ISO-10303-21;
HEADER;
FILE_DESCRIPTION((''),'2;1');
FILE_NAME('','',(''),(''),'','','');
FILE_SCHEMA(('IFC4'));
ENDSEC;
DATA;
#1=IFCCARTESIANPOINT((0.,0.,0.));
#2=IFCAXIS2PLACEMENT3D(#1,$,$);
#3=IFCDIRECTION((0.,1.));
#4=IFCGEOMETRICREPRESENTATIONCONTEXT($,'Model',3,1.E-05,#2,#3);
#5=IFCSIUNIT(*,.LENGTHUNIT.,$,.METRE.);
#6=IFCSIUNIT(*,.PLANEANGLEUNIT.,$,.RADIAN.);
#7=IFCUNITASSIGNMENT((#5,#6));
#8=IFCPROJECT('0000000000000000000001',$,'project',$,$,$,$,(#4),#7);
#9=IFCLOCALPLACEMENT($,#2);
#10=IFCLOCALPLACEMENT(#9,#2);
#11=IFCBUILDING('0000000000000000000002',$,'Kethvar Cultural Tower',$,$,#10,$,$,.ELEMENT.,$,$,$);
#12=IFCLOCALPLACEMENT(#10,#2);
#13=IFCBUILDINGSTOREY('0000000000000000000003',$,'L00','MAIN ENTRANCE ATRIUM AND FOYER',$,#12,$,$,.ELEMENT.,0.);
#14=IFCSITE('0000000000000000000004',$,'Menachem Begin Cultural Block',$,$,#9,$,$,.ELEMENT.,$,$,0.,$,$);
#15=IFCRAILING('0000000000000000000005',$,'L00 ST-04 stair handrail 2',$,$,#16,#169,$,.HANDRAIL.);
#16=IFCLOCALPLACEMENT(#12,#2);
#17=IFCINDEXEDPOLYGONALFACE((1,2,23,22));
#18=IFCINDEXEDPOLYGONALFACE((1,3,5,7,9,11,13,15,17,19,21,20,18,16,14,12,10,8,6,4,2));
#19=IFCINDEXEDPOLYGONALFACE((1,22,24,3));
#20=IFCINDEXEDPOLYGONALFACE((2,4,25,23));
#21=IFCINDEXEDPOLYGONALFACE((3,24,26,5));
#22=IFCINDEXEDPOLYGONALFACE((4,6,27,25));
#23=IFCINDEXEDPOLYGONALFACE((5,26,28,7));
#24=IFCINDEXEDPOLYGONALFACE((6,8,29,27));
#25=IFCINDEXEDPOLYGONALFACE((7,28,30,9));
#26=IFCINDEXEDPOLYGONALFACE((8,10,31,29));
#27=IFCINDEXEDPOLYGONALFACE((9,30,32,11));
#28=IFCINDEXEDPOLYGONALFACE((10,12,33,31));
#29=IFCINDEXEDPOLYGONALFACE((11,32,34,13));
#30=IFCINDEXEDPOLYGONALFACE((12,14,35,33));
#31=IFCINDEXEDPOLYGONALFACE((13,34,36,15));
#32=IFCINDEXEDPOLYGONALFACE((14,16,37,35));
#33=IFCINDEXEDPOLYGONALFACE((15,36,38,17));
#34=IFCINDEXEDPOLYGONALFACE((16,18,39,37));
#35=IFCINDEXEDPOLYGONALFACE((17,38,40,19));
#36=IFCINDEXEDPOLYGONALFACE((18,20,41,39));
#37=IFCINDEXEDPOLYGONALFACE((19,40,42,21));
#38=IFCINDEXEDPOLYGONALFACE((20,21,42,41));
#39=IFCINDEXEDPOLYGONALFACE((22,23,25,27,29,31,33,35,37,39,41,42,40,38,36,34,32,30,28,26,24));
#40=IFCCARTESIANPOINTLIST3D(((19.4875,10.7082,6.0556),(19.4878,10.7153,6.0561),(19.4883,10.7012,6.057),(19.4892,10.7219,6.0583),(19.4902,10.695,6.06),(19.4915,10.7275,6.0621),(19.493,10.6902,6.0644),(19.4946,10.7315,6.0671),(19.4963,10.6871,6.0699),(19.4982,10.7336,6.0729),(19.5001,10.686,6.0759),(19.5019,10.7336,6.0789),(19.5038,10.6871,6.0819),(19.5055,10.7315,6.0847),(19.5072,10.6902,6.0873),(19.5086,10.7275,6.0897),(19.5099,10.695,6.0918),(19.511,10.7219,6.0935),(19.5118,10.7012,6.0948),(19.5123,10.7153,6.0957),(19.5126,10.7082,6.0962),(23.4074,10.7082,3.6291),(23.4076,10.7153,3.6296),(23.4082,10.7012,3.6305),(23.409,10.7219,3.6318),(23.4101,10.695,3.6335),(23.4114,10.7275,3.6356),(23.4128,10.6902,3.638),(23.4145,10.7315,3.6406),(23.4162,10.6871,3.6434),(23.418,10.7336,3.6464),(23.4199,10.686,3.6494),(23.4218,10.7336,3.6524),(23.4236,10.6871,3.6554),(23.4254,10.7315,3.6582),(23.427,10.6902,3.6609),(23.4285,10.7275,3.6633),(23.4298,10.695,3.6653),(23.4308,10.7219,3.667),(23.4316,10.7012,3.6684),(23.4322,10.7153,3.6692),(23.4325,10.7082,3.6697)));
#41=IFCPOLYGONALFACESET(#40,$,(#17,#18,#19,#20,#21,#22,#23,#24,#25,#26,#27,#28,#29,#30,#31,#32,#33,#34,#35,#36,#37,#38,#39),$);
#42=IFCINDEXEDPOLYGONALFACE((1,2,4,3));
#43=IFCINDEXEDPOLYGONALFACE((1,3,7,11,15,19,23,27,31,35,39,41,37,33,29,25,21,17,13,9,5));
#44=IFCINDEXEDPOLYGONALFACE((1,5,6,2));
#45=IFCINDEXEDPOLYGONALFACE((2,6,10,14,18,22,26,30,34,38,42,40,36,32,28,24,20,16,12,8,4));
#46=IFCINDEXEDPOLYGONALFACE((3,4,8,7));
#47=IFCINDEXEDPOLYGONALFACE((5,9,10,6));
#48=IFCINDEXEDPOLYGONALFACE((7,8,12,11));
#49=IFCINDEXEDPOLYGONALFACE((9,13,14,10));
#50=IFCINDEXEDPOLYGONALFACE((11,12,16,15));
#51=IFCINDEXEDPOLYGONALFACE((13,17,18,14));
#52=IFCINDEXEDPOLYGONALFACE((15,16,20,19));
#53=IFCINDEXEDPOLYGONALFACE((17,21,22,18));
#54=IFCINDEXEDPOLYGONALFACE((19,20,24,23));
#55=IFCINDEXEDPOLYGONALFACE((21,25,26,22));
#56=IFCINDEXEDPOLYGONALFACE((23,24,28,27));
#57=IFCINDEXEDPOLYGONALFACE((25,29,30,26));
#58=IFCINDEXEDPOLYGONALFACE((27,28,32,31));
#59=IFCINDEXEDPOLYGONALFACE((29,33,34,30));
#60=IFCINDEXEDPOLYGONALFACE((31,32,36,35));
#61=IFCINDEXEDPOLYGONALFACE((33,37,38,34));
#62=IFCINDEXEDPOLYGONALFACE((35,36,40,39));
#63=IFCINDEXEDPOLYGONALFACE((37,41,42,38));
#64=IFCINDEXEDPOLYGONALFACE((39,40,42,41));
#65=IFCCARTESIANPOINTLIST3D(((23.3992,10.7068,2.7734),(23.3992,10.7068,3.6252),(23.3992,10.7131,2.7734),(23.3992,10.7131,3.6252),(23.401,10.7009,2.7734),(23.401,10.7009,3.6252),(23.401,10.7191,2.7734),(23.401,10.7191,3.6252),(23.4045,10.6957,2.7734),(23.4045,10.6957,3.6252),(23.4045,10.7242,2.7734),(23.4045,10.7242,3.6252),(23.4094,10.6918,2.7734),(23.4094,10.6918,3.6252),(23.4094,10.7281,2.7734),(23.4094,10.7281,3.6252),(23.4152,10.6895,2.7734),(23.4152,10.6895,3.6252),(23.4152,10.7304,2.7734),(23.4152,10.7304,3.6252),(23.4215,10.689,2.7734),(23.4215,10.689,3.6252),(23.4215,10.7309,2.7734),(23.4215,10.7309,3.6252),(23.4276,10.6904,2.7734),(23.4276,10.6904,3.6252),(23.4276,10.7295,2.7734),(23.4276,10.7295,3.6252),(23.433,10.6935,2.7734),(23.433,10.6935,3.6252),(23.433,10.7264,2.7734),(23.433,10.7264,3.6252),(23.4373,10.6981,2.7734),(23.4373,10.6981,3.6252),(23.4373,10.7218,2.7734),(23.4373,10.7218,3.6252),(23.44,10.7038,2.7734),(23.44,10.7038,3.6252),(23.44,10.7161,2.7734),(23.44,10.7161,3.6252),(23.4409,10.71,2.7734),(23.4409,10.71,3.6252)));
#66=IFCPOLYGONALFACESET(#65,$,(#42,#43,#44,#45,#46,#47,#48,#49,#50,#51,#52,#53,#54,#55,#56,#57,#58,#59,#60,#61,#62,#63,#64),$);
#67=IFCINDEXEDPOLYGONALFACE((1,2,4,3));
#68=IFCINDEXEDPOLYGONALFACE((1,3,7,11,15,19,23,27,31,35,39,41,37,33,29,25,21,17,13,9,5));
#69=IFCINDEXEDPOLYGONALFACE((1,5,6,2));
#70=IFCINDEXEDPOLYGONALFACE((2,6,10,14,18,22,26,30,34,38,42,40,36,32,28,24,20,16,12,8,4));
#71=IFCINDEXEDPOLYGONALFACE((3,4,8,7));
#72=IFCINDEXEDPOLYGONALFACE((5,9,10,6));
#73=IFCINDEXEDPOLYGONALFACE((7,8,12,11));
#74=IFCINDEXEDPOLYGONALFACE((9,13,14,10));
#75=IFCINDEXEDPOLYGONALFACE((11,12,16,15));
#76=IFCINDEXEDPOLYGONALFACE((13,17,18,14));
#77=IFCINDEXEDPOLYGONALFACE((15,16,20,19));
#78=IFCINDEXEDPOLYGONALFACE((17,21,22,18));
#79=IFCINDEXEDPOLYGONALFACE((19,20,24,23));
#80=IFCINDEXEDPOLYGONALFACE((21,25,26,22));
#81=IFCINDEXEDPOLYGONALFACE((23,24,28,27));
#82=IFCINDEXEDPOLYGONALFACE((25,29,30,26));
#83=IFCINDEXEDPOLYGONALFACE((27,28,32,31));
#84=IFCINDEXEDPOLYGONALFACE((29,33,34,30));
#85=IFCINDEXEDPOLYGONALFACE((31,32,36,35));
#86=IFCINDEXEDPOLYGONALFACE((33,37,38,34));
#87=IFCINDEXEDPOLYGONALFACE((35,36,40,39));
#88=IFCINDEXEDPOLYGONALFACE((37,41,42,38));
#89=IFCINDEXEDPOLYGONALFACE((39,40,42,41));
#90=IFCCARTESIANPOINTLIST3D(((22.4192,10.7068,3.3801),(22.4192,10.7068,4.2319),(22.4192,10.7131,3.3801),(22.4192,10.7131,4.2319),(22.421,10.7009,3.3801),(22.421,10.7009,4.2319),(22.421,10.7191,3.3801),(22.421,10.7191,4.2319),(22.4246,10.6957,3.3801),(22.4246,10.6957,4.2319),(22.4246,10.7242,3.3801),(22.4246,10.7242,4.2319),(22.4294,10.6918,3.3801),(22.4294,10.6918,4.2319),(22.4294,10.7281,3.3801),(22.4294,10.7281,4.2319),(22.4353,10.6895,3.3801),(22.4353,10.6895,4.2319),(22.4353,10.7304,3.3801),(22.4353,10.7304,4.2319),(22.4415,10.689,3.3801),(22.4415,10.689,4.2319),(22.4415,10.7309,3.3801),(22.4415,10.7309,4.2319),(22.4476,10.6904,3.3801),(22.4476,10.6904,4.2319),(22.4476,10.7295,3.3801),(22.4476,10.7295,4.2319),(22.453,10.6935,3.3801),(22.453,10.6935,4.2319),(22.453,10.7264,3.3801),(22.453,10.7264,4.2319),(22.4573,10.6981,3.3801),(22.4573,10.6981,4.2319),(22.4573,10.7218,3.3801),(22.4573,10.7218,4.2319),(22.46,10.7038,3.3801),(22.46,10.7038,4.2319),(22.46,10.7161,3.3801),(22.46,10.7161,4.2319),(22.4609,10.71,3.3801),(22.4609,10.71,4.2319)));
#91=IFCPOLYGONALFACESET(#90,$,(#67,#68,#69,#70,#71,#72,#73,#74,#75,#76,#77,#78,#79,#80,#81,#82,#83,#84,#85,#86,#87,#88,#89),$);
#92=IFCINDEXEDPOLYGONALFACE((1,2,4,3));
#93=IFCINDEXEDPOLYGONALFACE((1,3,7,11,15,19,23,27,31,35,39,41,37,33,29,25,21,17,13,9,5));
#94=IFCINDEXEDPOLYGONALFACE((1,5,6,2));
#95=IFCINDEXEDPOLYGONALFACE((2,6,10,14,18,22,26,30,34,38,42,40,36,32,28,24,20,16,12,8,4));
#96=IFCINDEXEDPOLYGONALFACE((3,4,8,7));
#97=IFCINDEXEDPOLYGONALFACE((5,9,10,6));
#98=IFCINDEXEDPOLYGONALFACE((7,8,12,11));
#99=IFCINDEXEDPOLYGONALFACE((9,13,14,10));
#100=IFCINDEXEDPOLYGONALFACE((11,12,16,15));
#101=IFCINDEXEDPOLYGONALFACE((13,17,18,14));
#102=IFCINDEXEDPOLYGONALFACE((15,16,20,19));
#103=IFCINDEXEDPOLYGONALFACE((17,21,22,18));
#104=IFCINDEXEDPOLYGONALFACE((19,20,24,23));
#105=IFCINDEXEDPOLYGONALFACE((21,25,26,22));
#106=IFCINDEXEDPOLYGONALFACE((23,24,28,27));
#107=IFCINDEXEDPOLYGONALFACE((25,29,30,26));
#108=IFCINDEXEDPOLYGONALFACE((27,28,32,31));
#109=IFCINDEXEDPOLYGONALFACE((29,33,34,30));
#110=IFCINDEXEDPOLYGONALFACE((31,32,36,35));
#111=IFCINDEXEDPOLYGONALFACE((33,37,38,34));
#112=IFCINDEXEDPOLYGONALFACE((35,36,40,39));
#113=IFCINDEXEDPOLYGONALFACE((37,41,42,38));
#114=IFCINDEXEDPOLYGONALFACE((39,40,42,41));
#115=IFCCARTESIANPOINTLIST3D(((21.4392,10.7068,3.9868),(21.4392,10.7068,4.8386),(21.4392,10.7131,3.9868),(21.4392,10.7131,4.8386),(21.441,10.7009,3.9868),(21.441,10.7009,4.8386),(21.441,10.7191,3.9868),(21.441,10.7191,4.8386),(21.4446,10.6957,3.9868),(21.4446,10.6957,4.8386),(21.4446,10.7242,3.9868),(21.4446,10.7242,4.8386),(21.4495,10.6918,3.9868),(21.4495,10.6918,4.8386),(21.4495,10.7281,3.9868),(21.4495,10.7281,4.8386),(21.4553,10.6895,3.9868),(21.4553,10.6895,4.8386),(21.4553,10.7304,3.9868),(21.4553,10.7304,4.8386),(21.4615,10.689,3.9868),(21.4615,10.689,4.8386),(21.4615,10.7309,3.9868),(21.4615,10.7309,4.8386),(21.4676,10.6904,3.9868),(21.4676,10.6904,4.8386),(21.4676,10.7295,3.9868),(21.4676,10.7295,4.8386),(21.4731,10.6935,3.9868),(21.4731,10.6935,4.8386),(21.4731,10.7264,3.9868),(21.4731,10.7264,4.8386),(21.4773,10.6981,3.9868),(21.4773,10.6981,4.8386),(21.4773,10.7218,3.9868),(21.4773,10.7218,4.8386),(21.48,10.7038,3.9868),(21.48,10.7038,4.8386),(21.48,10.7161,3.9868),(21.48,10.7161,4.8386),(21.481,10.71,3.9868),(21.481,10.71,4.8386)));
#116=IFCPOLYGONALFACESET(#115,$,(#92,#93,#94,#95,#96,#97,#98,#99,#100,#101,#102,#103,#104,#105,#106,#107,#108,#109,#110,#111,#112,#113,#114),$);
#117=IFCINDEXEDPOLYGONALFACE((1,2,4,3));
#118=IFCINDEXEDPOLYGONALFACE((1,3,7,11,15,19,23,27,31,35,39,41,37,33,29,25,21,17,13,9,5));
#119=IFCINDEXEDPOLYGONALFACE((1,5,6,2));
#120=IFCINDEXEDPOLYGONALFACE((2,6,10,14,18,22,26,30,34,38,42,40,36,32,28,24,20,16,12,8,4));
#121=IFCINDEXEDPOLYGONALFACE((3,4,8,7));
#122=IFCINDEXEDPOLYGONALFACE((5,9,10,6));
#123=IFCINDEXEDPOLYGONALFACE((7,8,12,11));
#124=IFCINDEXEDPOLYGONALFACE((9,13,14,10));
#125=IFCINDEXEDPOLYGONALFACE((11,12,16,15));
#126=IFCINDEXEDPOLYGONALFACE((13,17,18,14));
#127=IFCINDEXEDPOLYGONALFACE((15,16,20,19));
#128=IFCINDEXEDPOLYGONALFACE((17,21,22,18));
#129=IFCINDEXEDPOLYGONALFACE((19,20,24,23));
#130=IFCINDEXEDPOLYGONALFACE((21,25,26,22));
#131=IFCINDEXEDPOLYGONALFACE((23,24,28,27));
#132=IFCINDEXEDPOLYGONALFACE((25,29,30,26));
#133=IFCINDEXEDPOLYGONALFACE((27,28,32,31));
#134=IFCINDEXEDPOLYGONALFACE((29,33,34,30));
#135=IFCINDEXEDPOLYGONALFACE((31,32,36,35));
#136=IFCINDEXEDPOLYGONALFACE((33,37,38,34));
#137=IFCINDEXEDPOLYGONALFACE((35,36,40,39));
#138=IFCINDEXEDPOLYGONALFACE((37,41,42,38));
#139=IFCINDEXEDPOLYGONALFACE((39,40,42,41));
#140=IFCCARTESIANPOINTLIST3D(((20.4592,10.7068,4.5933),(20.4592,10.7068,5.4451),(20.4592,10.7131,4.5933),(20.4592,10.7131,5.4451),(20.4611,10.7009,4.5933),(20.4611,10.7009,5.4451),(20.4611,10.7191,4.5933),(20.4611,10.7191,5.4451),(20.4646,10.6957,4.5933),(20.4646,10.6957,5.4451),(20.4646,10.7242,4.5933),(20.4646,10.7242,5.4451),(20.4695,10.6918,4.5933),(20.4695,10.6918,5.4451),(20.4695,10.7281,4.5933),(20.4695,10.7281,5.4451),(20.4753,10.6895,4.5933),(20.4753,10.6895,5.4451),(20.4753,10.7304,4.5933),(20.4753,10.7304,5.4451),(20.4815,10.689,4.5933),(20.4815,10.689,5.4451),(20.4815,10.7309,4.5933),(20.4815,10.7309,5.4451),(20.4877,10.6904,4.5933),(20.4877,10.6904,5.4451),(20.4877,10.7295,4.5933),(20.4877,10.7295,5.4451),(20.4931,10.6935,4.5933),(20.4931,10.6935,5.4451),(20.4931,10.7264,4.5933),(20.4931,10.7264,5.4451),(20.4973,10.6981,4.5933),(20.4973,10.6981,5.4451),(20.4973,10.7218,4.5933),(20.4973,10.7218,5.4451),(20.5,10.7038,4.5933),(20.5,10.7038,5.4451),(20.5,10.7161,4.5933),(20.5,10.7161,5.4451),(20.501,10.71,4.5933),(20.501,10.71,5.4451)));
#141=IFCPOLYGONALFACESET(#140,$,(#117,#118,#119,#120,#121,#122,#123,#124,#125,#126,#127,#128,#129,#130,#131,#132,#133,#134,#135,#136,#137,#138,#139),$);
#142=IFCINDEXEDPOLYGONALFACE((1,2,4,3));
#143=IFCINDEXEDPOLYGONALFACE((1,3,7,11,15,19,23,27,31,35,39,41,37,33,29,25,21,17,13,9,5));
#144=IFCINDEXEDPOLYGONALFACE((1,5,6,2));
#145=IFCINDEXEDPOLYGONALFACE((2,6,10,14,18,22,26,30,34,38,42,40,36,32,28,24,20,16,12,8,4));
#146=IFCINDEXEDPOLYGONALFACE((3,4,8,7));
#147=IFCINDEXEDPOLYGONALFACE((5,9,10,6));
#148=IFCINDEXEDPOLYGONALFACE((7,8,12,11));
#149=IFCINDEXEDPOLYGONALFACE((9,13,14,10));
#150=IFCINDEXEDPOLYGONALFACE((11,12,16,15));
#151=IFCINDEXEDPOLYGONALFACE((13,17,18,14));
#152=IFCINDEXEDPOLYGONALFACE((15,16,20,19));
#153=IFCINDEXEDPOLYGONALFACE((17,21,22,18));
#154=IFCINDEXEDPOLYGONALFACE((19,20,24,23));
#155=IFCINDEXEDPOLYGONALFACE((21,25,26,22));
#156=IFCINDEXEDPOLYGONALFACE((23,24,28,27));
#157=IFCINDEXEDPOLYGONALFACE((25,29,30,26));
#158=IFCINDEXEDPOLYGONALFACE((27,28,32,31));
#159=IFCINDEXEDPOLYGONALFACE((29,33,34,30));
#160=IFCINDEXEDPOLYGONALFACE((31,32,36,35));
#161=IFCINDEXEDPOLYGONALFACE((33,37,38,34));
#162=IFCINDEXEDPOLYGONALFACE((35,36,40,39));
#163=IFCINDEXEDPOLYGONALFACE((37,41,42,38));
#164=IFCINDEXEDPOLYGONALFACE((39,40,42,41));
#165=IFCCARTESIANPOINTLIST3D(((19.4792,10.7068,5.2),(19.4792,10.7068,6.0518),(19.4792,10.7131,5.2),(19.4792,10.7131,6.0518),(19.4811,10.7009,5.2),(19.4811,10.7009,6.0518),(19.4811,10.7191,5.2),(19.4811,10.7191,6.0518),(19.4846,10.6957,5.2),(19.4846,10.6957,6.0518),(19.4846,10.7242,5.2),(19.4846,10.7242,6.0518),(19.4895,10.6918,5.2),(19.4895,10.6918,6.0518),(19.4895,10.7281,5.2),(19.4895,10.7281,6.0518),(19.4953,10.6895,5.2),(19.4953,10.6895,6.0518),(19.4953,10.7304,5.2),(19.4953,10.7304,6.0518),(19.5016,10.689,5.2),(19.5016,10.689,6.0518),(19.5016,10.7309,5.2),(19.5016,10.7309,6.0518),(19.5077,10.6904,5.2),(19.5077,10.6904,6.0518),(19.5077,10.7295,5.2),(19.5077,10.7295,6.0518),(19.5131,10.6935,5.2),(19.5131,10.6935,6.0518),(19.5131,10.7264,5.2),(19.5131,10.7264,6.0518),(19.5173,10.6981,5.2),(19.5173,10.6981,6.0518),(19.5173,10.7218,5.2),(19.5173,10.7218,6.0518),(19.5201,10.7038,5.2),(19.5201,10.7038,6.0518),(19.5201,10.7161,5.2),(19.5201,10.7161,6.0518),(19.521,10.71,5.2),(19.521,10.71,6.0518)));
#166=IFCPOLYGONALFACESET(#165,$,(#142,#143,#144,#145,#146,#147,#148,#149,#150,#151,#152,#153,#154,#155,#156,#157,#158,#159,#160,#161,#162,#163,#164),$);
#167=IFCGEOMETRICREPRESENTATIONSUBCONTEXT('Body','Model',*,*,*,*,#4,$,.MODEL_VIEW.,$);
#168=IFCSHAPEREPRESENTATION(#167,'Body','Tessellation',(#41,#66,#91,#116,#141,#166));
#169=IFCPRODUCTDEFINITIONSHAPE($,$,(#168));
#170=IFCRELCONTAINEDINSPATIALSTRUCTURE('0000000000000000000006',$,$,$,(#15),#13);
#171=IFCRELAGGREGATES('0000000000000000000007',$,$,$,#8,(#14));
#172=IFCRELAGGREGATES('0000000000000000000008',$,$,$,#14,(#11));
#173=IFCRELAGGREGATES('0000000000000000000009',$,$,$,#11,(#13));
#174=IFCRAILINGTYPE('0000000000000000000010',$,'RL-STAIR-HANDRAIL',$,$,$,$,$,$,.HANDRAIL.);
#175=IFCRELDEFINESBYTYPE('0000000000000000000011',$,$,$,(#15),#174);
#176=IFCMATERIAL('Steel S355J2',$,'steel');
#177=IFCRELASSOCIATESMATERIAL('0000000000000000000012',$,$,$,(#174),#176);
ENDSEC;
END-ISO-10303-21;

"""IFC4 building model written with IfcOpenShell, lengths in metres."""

from ifc_helpers import new_model, si_unit, direction, frame, origin, origin_2d, place, context, subcontext, project, spatial, circle, extrude, material, type_object, element, save


model = new_model("IFC4")

# Units and contexts
model_context = context("Model", 3, precision=1e-05, world=origin(), true_north=direction((0.0, 1.0)))
body_context = subcontext(model_context, "Body", "Model", "MODEL_VIEW")
ifc_project = project(units=[si_unit("LENGTHUNIT", "METRE"), si_unit("PLANEANGLEUNIT", "RADIAN")], contexts=[model_context])

# Site, building, storey
site_placement = place(None, origin())
site = spatial("IfcSite", under=ifc_project, at=site_placement, Name="Menachem Begin Cultural Block", CompositionType="ELEMENT", RefElevation=0.0)
building_placement = place(site_placement, origin())
building = spatial("IfcBuilding", under=site, at=building_placement, Name="Kethvar Cultural Tower", CompositionType="ELEMENT")
storey_placement = place(building_placement, origin())
storey = spatial("IfcBuildingStorey", under=building, at=storey_placement, Name="L00", Description="MAIN ENTRANCE ATRIUM AND FOYER", CompositionType="ELEMENT", Elevation=0.0)

# Shared definitions
ifc_material_1 = material(Name="Steel S355J2", Category="steel")

# Railing
railing_type_1 = type_object("IfcRailingType", Name="RL-STAIR-HANDRAIL", PredefinedType="HANDRAIL", material=ifc_material_1)
railing_1_placement = place(storey_placement, frame((23.4199, 10.71, 2.7734)))
element("IfcRailing", 1, at=railing_1_placement, inside=storey, type_object=railing_type_1, Name="L00 ST-04 stair handrail 2", PredefinedType="HANDRAIL", context=body_context, shape_type="SweptSolid", body=[
    extrude(circle(Radius=0.0239, at=origin_2d()), frame((0.0, 0.0, 0.876), z_axis=(-0.850275, 0.0, 0.526338), x_axis=(0.0, -1.0, 0.0)), (0.0, 0.0, 1.0), 4.6101),
    extrude(circle(Radius=0.021, at=origin_2d()), origin(), (0.0, 0.0, 1.0), 0.8518),
    extrude(circle(Radius=0.021, at=origin_2d()), frame((-0.98, 0.0, 0.6067)), (0.0, 0.0, 1.0), 0.8518),
    extrude(circle(Radius=0.021, at=origin_2d()), frame((-1.96, 0.0, 1.2134)), (0.0, 0.0, 1.0), 0.8518),
    extrude(circle(Radius=0.021, at=origin_2d()), frame((-2.9399, 0.0, 1.8198)), (0.0, 0.0, 1.0), 0.8518),
    extrude(circle(Radius=0.021, at=origin_2d()), frame((-3.9199, 0.0, 2.4265)), (0.0, 0.0, 1.0), 0.8518),
])

save(model, "model.ifc")
